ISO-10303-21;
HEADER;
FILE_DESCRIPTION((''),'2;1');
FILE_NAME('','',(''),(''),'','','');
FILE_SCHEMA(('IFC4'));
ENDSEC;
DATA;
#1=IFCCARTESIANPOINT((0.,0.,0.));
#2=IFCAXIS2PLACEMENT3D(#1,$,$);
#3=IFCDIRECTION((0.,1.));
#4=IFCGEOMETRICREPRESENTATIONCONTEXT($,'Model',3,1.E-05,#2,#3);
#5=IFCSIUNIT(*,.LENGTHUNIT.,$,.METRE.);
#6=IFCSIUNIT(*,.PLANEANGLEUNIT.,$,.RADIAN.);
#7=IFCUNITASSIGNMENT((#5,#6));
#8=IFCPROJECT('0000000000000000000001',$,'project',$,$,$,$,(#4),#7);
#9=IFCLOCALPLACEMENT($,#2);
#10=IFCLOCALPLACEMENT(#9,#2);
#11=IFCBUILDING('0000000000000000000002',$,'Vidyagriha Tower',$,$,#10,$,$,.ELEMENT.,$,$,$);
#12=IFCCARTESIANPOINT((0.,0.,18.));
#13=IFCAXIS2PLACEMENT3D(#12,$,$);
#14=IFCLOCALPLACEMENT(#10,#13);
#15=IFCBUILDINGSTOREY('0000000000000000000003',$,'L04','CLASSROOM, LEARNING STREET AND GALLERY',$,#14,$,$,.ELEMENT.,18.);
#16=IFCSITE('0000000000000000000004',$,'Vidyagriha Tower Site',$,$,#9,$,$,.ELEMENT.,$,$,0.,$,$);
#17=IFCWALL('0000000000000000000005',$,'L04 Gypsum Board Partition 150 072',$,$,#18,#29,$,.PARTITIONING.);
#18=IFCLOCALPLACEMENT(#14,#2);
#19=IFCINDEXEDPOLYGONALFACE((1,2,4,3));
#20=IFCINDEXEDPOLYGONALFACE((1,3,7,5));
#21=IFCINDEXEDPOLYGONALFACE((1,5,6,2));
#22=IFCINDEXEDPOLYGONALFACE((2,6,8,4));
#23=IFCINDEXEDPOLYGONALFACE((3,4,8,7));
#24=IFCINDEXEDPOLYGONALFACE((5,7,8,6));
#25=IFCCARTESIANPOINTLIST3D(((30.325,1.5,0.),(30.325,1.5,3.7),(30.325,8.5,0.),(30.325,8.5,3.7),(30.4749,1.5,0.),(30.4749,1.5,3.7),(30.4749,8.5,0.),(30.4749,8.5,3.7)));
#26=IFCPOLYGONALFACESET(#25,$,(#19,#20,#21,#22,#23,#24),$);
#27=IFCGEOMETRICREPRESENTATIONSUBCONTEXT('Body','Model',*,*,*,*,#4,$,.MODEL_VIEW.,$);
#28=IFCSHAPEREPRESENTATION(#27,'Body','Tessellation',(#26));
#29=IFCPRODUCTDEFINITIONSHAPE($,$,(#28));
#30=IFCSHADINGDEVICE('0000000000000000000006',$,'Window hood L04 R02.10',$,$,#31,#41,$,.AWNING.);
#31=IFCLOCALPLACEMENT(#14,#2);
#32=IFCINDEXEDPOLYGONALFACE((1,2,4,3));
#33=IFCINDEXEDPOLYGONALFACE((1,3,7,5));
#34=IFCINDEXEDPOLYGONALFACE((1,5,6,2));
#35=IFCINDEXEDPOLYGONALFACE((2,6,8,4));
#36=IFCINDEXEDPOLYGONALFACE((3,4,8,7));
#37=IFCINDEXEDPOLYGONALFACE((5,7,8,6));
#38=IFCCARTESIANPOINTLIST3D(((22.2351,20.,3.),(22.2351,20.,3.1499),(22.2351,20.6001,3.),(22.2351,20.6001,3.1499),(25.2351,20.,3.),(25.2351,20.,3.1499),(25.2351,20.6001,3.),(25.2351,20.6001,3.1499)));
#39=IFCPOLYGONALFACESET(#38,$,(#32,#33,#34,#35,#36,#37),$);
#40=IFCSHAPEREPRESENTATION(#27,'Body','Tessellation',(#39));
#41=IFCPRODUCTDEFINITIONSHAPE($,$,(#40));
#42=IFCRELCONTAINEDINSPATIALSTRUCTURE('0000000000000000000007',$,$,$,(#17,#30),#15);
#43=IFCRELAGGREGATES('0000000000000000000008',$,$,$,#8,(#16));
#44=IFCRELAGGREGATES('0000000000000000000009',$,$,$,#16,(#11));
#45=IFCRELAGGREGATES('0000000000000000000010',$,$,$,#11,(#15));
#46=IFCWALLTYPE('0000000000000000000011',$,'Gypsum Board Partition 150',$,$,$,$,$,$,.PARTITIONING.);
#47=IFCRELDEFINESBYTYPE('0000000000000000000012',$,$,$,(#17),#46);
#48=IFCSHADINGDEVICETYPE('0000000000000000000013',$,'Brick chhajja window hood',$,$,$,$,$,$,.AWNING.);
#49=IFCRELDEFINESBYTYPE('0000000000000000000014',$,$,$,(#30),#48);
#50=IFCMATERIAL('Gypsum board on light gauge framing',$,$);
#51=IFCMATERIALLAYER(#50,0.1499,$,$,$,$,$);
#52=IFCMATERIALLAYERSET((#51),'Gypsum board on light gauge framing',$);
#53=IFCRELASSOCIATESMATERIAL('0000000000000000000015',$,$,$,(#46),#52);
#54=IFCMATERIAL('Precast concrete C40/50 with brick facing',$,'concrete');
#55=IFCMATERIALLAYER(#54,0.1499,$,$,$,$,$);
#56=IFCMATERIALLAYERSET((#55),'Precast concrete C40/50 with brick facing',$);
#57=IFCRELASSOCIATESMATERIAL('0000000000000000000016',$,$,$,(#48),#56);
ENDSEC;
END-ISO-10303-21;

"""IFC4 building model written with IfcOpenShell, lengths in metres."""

from ifc_helpers import new_model, si_unit, direction, frame, frame_2d, origin, origin_2d, place, context, subcontext, project, spatial, rectangle, extrude, material, layer, layer_set, type_object, element, save


model = new_model("IFC4")

# Units and contexts
model_context = context("Model", 3, precision=1e-05, world=origin(), true_north=direction((0.0, 1.0)))
body_context = subcontext(model_context, "Body", "Model", "MODEL_VIEW")
ifc_project = project(units=[si_unit("LENGTHUNIT", "METRE"), si_unit("PLANEANGLEUNIT", "RADIAN")], contexts=[model_context])

# Site, building, storey
site_placement = place(None, origin())
site = spatial("IfcSite", under=ifc_project, at=site_placement, Name="Vidyagriha Tower Site", CompositionType="ELEMENT", RefElevation=0.0)
building_placement = place(site_placement, origin())
building = spatial("IfcBuilding", under=site, at=building_placement, Name="Vidyagriha Tower", CompositionType="ELEMENT")
storey_placement = place(building_placement, frame((0.0, 0.0, 18.0)))
storey = spatial("IfcBuildingStorey", under=building, at=storey_placement, Name="L04", Description="CLASSROOM, LEARNING STREET AND GALLERY", CompositionType="ELEMENT", Elevation=18.0)

# Wall
ifc_material_1 = material(Name="Gypsum board on light gauge framing")
ifc_layer_1 = layer(ifc_material_1, 0.1499)
ifc_layer_set_1 = layer_set([ifc_layer_1], Name="Gypsum board on light gauge framing")
wall_type_1 = type_object("IfcWallType", Name="Gypsum Board Partition 150", PredefinedType="PARTITIONING", material=ifc_layer_set_1)
for number, where, z_axis, x_axis, name in (
    (1, (30.3999, 1.5, 0.0), (0.0, 0.0, 1.0), (0.0, 1.0, 0.0), "L04 Gypsum Board Partition 150 072"),
):
    element("IfcWall", number, at=place(storey_placement, frame(where, z_axis=z_axis, x_axis=x_axis)), inside=storey, type_object=wall_type_1, Name=name, PredefinedType="PARTITIONING", context=body_context, shape_type="SweptSolid", body=[
        extrude(rectangle(XDim=7.0, YDim=0.1499, at=frame_2d((3.5, 0.0))), origin(), (0.0, 0.0, 1.0), 3.7),
    ])

# Shading device
ifc_material_2 = material(Name="Precast concrete C40/50 with brick facing", Category="concrete")
ifc_layer_2 = layer(ifc_material_2, 0.1499)
ifc_layer_set_2 = layer_set([ifc_layer_2], Name="Precast concrete C40/50 with brick facing")
shading_device_type = type_object("IfcShadingDeviceType", Name="Brick chhajja window hood", PredefinedType="AWNING", material=ifc_layer_set_2)
shading_device_placement = place(storey_placement, frame((23.7351, 20.3, 3.0), z_axis=(0.0, 0.0, 1.0), x_axis=(-1.0, 0.0, 0.0)))
element("IfcShadingDevice", 2, at=shading_device_placement, inside=storey, type_object=shading_device_type, Name="Window hood L04 R02.10", PredefinedType="AWNING", context=body_context, shape_type="SweptSolid", body=[
    extrude(rectangle(XDim=3.0, YDim=0.6001, at=origin_2d()), origin(), (0.0, 0.0, 1.0), 0.1499),
])

save(model, "model.ifc")
